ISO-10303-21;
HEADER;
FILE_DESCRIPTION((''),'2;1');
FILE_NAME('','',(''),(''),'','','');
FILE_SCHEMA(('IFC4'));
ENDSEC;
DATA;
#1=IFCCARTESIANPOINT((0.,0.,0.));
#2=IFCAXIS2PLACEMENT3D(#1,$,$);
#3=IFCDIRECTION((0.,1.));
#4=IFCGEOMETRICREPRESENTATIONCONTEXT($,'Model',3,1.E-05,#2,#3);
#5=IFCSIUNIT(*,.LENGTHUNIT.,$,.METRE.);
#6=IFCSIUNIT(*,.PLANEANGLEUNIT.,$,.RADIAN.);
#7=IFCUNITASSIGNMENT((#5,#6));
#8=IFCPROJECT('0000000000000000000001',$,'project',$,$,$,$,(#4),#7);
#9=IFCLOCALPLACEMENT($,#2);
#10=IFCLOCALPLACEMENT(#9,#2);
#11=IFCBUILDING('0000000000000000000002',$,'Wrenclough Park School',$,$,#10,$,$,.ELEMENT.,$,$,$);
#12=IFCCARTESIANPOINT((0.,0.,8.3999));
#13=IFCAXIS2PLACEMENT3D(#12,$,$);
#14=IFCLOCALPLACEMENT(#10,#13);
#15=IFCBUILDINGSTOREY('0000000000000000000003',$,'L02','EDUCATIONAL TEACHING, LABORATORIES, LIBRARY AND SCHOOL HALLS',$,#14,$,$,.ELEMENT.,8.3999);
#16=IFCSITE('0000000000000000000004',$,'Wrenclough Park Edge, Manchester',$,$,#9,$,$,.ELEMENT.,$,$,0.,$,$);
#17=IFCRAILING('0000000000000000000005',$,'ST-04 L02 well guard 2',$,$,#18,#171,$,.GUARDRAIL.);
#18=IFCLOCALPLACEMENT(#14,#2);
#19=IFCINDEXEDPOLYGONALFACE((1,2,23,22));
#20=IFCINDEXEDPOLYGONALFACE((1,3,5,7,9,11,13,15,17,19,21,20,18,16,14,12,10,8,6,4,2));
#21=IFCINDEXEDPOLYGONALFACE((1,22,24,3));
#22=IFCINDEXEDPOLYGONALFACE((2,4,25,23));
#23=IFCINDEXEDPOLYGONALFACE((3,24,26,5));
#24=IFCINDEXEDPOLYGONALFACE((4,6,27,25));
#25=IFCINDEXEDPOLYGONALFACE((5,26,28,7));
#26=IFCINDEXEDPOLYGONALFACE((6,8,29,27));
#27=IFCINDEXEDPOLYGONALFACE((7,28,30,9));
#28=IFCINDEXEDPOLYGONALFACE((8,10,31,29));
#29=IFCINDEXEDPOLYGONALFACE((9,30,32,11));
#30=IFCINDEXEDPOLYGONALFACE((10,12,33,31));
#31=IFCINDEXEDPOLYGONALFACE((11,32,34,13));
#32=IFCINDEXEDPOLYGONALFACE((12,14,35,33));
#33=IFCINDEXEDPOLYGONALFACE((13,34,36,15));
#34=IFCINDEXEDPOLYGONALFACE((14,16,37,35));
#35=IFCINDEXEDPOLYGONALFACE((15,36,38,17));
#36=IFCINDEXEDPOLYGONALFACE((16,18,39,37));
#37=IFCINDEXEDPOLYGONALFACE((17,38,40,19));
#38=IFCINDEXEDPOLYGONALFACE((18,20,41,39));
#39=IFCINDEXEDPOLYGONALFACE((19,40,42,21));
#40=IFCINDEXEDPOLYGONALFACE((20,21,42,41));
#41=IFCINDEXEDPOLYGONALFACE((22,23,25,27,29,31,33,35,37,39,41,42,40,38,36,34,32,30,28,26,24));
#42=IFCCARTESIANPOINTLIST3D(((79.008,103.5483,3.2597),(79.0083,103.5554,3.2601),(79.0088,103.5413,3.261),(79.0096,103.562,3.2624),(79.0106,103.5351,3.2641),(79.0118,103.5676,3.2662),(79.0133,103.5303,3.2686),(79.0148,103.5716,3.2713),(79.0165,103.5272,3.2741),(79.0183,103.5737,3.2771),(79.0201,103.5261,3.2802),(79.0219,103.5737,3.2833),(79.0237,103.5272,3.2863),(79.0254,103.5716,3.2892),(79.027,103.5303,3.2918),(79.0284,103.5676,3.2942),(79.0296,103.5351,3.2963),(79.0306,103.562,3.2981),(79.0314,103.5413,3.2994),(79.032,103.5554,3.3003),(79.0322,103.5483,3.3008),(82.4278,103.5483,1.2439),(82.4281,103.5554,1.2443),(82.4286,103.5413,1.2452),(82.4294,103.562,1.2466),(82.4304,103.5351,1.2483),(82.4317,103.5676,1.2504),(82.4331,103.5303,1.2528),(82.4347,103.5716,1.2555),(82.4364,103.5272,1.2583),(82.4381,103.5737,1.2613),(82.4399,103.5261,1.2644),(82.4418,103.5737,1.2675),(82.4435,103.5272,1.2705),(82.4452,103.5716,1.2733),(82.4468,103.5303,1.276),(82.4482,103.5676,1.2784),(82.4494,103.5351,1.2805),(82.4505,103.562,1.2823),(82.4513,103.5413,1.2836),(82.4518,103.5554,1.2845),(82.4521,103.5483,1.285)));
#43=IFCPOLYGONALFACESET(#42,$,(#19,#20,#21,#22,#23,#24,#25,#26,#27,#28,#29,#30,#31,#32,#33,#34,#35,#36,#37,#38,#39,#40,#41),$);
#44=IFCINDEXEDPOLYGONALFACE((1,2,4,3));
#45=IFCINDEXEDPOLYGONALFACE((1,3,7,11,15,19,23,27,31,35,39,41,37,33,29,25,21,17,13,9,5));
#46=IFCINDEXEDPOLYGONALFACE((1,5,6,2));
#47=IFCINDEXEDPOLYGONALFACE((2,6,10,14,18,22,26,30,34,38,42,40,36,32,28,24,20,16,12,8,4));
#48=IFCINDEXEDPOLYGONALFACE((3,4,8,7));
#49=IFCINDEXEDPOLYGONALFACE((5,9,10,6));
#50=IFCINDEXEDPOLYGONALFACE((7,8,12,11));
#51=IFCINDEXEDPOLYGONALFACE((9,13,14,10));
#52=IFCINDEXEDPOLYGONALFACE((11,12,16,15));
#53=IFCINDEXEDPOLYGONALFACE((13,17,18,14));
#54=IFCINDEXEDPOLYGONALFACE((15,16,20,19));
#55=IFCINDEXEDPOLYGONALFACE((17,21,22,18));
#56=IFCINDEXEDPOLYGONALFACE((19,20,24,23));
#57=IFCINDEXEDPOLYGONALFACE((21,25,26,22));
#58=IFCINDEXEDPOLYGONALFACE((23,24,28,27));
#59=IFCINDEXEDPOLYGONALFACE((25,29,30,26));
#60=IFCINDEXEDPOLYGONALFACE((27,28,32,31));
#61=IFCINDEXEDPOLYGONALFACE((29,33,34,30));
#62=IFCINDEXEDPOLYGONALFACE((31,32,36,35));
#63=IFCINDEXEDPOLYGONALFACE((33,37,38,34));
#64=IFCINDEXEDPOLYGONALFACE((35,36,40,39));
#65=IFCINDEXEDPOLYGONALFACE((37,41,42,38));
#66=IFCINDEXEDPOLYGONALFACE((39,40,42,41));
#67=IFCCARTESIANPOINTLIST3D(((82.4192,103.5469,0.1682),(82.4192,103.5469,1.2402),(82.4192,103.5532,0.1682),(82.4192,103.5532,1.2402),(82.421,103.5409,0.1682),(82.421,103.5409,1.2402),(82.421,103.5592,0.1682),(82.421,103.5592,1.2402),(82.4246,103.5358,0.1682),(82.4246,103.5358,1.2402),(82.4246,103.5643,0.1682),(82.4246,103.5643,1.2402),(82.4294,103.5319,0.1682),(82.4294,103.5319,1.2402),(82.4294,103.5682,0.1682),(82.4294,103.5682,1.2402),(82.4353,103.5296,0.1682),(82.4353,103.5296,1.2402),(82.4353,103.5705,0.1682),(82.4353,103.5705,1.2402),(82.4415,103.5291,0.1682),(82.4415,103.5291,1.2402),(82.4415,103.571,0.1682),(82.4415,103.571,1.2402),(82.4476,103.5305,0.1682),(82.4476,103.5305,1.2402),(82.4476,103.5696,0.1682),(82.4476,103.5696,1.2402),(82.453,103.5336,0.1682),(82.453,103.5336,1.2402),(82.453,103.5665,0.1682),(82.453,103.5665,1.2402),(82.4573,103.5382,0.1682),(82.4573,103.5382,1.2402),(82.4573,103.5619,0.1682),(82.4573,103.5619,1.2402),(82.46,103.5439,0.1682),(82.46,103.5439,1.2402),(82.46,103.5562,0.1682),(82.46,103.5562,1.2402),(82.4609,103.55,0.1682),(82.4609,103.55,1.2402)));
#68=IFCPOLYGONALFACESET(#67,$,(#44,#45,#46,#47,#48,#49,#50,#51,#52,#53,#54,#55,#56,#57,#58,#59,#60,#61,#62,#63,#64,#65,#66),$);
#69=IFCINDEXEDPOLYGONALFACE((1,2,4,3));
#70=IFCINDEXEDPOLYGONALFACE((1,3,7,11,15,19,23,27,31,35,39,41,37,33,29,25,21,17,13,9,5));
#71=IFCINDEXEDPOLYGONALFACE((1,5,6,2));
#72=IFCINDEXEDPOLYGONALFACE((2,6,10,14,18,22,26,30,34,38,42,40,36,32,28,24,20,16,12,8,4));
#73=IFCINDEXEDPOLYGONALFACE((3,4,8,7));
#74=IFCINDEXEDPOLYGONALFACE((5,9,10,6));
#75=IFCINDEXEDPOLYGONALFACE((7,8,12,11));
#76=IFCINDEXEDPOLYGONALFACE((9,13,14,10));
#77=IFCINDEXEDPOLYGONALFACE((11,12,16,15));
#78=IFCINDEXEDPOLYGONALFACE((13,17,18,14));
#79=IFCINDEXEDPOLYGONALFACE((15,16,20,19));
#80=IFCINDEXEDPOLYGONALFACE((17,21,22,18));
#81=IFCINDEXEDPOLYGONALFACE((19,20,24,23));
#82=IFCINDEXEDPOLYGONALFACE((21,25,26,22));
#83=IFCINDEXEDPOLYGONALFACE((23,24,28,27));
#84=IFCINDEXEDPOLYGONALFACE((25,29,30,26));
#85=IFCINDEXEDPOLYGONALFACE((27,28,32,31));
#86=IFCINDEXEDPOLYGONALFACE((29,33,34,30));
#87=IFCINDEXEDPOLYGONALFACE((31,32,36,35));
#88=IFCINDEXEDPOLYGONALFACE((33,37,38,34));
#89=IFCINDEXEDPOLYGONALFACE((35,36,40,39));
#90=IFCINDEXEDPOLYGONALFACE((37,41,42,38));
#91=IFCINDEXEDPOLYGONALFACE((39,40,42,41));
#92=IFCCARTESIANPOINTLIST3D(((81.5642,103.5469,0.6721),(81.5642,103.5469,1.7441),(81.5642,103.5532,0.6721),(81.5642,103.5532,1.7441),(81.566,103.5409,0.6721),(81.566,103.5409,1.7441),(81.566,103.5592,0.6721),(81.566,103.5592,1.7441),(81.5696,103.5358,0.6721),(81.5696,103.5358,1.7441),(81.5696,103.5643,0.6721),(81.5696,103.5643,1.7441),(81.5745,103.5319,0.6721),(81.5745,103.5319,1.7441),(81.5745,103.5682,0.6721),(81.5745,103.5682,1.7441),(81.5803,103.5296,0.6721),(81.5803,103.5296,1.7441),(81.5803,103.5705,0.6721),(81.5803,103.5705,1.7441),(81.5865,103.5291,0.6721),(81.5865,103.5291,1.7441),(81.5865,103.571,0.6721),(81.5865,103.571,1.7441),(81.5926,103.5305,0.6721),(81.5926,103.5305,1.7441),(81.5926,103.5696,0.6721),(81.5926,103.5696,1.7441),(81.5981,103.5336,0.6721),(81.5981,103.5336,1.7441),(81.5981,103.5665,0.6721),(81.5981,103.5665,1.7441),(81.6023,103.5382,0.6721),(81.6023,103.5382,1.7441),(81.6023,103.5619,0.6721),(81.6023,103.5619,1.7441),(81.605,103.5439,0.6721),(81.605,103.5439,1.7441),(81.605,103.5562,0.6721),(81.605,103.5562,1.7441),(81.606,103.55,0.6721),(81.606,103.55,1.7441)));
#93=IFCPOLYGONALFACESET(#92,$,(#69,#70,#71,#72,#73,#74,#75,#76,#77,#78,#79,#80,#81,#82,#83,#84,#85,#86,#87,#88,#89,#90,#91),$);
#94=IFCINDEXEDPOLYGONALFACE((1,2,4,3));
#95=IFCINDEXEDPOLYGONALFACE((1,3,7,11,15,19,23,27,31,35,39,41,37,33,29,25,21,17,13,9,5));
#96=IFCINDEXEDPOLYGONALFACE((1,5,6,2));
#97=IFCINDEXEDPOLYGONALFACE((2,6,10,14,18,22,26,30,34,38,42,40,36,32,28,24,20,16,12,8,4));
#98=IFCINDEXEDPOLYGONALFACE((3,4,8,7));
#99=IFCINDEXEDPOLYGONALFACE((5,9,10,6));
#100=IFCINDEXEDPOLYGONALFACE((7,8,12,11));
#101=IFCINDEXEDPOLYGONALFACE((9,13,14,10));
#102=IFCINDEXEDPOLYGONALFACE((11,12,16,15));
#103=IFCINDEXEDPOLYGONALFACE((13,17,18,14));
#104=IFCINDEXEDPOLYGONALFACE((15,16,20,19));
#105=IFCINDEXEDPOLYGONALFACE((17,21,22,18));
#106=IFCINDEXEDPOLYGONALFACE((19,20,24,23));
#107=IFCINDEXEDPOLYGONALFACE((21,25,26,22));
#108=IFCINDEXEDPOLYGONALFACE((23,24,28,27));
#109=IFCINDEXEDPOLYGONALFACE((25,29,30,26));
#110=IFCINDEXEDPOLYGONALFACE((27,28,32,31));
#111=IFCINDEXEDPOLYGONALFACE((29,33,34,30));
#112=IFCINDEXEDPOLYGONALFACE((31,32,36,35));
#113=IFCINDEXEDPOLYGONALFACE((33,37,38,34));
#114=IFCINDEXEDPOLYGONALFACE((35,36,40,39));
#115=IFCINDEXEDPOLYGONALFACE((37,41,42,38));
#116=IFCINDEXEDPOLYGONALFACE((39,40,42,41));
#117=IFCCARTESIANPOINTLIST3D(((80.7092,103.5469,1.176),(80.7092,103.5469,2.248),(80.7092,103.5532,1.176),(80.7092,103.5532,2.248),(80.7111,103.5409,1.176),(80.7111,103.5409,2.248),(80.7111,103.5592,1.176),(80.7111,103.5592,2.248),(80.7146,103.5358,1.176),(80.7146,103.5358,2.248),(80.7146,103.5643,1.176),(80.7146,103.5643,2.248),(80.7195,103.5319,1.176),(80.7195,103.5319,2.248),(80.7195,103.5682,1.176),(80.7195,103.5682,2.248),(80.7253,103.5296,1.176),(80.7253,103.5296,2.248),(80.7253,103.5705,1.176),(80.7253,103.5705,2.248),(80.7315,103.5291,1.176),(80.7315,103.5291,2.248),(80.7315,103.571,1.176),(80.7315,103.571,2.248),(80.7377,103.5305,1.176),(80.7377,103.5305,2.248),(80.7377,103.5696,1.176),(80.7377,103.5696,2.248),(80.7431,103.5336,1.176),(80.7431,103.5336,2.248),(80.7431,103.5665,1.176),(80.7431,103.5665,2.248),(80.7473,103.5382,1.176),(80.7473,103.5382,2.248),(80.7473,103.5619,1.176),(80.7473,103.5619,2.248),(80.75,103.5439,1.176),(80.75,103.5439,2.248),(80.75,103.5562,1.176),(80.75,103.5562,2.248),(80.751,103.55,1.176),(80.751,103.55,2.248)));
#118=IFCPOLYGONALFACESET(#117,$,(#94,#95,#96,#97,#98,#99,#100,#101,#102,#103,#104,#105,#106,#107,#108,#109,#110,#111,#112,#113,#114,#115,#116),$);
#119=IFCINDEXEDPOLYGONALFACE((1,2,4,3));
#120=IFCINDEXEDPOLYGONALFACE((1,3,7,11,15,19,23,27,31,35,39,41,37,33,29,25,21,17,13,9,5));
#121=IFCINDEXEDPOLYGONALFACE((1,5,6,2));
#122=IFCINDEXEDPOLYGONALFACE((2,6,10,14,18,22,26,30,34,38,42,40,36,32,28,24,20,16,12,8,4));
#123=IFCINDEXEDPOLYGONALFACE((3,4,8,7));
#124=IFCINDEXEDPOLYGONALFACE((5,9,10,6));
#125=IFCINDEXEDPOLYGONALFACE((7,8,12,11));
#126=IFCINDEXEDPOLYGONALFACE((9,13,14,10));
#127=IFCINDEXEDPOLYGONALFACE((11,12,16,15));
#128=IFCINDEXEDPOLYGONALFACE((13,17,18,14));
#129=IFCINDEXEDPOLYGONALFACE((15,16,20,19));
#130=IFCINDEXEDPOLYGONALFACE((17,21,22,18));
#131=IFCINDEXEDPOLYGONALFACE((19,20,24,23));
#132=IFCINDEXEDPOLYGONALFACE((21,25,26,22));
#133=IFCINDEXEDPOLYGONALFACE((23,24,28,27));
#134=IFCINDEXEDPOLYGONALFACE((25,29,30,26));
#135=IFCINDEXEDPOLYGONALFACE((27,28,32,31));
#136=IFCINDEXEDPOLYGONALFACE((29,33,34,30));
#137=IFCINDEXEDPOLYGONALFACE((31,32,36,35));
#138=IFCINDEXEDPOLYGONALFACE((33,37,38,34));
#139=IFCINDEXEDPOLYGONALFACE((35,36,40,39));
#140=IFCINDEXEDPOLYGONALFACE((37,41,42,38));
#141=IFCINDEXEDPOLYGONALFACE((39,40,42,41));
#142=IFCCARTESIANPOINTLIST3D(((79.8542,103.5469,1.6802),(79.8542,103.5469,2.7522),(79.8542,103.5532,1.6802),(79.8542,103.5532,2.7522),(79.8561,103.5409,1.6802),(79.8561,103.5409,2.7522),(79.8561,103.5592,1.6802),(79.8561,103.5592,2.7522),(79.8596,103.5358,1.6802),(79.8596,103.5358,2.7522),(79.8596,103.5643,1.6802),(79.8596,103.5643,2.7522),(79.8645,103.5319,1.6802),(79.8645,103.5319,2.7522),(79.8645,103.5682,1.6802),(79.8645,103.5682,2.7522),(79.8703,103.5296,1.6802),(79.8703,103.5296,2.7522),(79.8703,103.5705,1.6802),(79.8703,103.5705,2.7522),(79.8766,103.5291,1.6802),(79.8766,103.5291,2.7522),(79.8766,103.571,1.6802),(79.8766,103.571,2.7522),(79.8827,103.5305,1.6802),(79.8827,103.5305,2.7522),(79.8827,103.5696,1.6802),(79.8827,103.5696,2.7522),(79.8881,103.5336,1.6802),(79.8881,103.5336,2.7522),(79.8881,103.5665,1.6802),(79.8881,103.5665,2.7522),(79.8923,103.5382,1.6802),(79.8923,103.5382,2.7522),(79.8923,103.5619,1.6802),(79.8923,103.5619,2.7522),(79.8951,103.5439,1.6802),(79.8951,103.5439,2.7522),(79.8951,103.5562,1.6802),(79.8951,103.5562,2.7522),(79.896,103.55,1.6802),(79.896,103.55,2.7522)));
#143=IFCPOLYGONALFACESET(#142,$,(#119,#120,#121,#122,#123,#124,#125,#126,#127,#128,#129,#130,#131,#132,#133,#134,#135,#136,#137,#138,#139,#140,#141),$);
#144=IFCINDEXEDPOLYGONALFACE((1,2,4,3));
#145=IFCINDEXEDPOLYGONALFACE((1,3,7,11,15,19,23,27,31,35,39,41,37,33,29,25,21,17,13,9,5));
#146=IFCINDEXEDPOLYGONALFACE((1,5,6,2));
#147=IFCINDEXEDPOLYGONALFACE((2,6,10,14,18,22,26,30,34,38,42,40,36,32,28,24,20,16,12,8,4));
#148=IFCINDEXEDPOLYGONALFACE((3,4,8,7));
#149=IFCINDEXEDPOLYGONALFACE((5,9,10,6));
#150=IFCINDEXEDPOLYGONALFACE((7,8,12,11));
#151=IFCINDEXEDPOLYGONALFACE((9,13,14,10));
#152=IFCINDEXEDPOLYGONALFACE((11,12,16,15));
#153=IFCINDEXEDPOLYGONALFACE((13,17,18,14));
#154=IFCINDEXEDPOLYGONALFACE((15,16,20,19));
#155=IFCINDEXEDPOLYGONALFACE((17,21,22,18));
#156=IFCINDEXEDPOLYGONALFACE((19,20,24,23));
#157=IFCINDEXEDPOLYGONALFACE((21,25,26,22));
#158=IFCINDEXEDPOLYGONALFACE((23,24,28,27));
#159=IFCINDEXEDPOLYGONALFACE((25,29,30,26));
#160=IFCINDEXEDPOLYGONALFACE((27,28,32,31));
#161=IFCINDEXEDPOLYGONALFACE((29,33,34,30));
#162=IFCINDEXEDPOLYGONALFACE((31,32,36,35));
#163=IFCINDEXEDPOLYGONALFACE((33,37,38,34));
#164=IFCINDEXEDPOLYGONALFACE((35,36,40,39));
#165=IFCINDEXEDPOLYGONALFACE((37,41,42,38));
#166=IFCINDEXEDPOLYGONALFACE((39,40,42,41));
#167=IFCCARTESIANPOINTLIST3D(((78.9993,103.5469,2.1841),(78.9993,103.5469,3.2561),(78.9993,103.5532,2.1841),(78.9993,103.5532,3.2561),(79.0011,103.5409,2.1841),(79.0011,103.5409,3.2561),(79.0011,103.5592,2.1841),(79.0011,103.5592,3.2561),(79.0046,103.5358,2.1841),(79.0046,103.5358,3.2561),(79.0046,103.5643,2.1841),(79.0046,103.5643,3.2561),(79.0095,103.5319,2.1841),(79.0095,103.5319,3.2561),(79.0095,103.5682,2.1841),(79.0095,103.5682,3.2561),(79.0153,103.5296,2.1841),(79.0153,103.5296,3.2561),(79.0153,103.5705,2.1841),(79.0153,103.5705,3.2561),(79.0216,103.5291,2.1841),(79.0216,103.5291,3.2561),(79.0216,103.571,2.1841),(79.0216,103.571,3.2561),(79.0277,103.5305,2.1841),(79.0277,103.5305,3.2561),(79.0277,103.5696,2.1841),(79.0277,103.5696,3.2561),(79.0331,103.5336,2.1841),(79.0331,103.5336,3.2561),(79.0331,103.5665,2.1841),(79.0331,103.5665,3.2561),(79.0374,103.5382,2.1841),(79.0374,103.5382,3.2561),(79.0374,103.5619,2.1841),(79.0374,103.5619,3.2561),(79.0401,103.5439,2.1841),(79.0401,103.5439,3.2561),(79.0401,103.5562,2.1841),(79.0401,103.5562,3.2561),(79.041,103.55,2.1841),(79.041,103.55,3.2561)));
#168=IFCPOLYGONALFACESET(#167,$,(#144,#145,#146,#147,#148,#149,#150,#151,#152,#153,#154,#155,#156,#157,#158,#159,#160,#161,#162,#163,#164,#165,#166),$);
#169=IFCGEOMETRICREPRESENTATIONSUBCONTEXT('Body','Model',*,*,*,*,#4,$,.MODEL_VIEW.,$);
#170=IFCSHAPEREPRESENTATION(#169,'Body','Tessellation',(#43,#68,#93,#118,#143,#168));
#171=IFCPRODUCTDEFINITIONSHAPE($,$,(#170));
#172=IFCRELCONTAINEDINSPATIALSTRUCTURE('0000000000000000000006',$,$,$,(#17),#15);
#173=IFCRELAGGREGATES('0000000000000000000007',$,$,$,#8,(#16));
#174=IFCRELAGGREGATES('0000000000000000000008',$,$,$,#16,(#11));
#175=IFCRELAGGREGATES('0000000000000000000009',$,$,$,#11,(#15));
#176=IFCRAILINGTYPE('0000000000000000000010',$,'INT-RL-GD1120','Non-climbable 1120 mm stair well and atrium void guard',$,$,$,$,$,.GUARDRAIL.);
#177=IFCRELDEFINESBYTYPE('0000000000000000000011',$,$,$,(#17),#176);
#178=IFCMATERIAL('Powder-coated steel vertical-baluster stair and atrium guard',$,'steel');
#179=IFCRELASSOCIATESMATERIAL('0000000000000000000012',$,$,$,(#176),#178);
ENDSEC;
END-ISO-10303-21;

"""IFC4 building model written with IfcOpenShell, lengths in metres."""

from ifc_helpers import new_model, si_unit, direction, frame, origin, origin_2d, place, context, subcontext, project, spatial, circle, extrude, material, type_object, element, save


model = new_model("IFC4")

# Units and contexts
model_context = context("Model", 3, precision=1e-05, world=origin(), true_north=direction((0.0, 1.0)))
body_context = subcontext(model_context, "Body", "Model", "MODEL_VIEW")
ifc_project = project(units=[si_unit("LENGTHUNIT", "METRE"), si_unit("PLANEANGLEUNIT", "RADIAN")], contexts=[model_context])

# Site, building, storey
site_placement = place(None, origin())
site = spatial("IfcSite", under=ifc_project, at=site_placement, Name="Wrenclough Park Edge, Manchester", CompositionType="ELEMENT", RefElevation=0.0)
building_placement = place(site_placement, origin())
building = spatial("IfcBuilding", under=site, at=building_placement, Name="Wrenclough Park School", CompositionType="ELEMENT")
storey_placement = place(building_placement, frame((0.0, 0.0, 8.3999)))
storey = spatial("IfcBuildingStorey", under=building, at=storey_placement, Name="L02", Description="EDUCATIONAL TEACHING, LABORATORIES, LIBRARY AND SCHOOL HALLS", CompositionType="ELEMENT", Elevation=8.3999)

# Railing
ifc_material_1 = material(Name="Powder-coated steel vertical-baluster stair and atrium guard", Category="steel")
railing_type_1 = type_object("IfcRailingType", Name="INT-RL-GD1120", Description="Non-climbable 1120 mm stair well and atrium void guard", PredefinedType="GUARDRAIL", material=ifc_material_1)
railing_1_placement = place(storey_placement, frame((82.4399, 103.55, 0.1682)))
element("IfcRailing", 1, at=railing_1_placement, inside=storey, type_object=railing_type_1, Name="ST-04 L02 well guard 2", PredefinedType="GUARDRAIL", context=body_context, shape_type="SweptSolid", body=[
    extrude(circle(Radius=0.0239, at=origin_2d()), frame((0.0, 0.0, 1.0962), z_axis=(-0.861477, 0.0, 0.507797), x_axis=(0.0, -1.0, 0.0)), (0.0, 0.0, 1.0), 3.9697),
    extrude(circle(Radius=0.021, at=origin_2d()), origin(), (0.0, 0.0, 1.0), 1.072),
    extrude(circle(Radius=0.021, at=origin_2d()), frame((-0.855, 0.0, 0.5039)), (0.0, 0.0, 1.0), 1.072),
    extrude(circle(Radius=0.021, at=origin_2d()), frame((-1.71, 0.0, 1.0078)), (0.0, 0.0, 1.0), 1.072),
    extrude(circle(Radius=0.021, at=origin_2d()), frame((-2.5649, 0.0, 1.512)), (0.0, 0.0, 1.0), 1.072),
    extrude(circle(Radius=0.021, at=origin_2d()), frame((-3.4199, 0.0, 2.0159)), (0.0, 0.0, 1.0), 1.072),
])

save(model, "model.ifc")
